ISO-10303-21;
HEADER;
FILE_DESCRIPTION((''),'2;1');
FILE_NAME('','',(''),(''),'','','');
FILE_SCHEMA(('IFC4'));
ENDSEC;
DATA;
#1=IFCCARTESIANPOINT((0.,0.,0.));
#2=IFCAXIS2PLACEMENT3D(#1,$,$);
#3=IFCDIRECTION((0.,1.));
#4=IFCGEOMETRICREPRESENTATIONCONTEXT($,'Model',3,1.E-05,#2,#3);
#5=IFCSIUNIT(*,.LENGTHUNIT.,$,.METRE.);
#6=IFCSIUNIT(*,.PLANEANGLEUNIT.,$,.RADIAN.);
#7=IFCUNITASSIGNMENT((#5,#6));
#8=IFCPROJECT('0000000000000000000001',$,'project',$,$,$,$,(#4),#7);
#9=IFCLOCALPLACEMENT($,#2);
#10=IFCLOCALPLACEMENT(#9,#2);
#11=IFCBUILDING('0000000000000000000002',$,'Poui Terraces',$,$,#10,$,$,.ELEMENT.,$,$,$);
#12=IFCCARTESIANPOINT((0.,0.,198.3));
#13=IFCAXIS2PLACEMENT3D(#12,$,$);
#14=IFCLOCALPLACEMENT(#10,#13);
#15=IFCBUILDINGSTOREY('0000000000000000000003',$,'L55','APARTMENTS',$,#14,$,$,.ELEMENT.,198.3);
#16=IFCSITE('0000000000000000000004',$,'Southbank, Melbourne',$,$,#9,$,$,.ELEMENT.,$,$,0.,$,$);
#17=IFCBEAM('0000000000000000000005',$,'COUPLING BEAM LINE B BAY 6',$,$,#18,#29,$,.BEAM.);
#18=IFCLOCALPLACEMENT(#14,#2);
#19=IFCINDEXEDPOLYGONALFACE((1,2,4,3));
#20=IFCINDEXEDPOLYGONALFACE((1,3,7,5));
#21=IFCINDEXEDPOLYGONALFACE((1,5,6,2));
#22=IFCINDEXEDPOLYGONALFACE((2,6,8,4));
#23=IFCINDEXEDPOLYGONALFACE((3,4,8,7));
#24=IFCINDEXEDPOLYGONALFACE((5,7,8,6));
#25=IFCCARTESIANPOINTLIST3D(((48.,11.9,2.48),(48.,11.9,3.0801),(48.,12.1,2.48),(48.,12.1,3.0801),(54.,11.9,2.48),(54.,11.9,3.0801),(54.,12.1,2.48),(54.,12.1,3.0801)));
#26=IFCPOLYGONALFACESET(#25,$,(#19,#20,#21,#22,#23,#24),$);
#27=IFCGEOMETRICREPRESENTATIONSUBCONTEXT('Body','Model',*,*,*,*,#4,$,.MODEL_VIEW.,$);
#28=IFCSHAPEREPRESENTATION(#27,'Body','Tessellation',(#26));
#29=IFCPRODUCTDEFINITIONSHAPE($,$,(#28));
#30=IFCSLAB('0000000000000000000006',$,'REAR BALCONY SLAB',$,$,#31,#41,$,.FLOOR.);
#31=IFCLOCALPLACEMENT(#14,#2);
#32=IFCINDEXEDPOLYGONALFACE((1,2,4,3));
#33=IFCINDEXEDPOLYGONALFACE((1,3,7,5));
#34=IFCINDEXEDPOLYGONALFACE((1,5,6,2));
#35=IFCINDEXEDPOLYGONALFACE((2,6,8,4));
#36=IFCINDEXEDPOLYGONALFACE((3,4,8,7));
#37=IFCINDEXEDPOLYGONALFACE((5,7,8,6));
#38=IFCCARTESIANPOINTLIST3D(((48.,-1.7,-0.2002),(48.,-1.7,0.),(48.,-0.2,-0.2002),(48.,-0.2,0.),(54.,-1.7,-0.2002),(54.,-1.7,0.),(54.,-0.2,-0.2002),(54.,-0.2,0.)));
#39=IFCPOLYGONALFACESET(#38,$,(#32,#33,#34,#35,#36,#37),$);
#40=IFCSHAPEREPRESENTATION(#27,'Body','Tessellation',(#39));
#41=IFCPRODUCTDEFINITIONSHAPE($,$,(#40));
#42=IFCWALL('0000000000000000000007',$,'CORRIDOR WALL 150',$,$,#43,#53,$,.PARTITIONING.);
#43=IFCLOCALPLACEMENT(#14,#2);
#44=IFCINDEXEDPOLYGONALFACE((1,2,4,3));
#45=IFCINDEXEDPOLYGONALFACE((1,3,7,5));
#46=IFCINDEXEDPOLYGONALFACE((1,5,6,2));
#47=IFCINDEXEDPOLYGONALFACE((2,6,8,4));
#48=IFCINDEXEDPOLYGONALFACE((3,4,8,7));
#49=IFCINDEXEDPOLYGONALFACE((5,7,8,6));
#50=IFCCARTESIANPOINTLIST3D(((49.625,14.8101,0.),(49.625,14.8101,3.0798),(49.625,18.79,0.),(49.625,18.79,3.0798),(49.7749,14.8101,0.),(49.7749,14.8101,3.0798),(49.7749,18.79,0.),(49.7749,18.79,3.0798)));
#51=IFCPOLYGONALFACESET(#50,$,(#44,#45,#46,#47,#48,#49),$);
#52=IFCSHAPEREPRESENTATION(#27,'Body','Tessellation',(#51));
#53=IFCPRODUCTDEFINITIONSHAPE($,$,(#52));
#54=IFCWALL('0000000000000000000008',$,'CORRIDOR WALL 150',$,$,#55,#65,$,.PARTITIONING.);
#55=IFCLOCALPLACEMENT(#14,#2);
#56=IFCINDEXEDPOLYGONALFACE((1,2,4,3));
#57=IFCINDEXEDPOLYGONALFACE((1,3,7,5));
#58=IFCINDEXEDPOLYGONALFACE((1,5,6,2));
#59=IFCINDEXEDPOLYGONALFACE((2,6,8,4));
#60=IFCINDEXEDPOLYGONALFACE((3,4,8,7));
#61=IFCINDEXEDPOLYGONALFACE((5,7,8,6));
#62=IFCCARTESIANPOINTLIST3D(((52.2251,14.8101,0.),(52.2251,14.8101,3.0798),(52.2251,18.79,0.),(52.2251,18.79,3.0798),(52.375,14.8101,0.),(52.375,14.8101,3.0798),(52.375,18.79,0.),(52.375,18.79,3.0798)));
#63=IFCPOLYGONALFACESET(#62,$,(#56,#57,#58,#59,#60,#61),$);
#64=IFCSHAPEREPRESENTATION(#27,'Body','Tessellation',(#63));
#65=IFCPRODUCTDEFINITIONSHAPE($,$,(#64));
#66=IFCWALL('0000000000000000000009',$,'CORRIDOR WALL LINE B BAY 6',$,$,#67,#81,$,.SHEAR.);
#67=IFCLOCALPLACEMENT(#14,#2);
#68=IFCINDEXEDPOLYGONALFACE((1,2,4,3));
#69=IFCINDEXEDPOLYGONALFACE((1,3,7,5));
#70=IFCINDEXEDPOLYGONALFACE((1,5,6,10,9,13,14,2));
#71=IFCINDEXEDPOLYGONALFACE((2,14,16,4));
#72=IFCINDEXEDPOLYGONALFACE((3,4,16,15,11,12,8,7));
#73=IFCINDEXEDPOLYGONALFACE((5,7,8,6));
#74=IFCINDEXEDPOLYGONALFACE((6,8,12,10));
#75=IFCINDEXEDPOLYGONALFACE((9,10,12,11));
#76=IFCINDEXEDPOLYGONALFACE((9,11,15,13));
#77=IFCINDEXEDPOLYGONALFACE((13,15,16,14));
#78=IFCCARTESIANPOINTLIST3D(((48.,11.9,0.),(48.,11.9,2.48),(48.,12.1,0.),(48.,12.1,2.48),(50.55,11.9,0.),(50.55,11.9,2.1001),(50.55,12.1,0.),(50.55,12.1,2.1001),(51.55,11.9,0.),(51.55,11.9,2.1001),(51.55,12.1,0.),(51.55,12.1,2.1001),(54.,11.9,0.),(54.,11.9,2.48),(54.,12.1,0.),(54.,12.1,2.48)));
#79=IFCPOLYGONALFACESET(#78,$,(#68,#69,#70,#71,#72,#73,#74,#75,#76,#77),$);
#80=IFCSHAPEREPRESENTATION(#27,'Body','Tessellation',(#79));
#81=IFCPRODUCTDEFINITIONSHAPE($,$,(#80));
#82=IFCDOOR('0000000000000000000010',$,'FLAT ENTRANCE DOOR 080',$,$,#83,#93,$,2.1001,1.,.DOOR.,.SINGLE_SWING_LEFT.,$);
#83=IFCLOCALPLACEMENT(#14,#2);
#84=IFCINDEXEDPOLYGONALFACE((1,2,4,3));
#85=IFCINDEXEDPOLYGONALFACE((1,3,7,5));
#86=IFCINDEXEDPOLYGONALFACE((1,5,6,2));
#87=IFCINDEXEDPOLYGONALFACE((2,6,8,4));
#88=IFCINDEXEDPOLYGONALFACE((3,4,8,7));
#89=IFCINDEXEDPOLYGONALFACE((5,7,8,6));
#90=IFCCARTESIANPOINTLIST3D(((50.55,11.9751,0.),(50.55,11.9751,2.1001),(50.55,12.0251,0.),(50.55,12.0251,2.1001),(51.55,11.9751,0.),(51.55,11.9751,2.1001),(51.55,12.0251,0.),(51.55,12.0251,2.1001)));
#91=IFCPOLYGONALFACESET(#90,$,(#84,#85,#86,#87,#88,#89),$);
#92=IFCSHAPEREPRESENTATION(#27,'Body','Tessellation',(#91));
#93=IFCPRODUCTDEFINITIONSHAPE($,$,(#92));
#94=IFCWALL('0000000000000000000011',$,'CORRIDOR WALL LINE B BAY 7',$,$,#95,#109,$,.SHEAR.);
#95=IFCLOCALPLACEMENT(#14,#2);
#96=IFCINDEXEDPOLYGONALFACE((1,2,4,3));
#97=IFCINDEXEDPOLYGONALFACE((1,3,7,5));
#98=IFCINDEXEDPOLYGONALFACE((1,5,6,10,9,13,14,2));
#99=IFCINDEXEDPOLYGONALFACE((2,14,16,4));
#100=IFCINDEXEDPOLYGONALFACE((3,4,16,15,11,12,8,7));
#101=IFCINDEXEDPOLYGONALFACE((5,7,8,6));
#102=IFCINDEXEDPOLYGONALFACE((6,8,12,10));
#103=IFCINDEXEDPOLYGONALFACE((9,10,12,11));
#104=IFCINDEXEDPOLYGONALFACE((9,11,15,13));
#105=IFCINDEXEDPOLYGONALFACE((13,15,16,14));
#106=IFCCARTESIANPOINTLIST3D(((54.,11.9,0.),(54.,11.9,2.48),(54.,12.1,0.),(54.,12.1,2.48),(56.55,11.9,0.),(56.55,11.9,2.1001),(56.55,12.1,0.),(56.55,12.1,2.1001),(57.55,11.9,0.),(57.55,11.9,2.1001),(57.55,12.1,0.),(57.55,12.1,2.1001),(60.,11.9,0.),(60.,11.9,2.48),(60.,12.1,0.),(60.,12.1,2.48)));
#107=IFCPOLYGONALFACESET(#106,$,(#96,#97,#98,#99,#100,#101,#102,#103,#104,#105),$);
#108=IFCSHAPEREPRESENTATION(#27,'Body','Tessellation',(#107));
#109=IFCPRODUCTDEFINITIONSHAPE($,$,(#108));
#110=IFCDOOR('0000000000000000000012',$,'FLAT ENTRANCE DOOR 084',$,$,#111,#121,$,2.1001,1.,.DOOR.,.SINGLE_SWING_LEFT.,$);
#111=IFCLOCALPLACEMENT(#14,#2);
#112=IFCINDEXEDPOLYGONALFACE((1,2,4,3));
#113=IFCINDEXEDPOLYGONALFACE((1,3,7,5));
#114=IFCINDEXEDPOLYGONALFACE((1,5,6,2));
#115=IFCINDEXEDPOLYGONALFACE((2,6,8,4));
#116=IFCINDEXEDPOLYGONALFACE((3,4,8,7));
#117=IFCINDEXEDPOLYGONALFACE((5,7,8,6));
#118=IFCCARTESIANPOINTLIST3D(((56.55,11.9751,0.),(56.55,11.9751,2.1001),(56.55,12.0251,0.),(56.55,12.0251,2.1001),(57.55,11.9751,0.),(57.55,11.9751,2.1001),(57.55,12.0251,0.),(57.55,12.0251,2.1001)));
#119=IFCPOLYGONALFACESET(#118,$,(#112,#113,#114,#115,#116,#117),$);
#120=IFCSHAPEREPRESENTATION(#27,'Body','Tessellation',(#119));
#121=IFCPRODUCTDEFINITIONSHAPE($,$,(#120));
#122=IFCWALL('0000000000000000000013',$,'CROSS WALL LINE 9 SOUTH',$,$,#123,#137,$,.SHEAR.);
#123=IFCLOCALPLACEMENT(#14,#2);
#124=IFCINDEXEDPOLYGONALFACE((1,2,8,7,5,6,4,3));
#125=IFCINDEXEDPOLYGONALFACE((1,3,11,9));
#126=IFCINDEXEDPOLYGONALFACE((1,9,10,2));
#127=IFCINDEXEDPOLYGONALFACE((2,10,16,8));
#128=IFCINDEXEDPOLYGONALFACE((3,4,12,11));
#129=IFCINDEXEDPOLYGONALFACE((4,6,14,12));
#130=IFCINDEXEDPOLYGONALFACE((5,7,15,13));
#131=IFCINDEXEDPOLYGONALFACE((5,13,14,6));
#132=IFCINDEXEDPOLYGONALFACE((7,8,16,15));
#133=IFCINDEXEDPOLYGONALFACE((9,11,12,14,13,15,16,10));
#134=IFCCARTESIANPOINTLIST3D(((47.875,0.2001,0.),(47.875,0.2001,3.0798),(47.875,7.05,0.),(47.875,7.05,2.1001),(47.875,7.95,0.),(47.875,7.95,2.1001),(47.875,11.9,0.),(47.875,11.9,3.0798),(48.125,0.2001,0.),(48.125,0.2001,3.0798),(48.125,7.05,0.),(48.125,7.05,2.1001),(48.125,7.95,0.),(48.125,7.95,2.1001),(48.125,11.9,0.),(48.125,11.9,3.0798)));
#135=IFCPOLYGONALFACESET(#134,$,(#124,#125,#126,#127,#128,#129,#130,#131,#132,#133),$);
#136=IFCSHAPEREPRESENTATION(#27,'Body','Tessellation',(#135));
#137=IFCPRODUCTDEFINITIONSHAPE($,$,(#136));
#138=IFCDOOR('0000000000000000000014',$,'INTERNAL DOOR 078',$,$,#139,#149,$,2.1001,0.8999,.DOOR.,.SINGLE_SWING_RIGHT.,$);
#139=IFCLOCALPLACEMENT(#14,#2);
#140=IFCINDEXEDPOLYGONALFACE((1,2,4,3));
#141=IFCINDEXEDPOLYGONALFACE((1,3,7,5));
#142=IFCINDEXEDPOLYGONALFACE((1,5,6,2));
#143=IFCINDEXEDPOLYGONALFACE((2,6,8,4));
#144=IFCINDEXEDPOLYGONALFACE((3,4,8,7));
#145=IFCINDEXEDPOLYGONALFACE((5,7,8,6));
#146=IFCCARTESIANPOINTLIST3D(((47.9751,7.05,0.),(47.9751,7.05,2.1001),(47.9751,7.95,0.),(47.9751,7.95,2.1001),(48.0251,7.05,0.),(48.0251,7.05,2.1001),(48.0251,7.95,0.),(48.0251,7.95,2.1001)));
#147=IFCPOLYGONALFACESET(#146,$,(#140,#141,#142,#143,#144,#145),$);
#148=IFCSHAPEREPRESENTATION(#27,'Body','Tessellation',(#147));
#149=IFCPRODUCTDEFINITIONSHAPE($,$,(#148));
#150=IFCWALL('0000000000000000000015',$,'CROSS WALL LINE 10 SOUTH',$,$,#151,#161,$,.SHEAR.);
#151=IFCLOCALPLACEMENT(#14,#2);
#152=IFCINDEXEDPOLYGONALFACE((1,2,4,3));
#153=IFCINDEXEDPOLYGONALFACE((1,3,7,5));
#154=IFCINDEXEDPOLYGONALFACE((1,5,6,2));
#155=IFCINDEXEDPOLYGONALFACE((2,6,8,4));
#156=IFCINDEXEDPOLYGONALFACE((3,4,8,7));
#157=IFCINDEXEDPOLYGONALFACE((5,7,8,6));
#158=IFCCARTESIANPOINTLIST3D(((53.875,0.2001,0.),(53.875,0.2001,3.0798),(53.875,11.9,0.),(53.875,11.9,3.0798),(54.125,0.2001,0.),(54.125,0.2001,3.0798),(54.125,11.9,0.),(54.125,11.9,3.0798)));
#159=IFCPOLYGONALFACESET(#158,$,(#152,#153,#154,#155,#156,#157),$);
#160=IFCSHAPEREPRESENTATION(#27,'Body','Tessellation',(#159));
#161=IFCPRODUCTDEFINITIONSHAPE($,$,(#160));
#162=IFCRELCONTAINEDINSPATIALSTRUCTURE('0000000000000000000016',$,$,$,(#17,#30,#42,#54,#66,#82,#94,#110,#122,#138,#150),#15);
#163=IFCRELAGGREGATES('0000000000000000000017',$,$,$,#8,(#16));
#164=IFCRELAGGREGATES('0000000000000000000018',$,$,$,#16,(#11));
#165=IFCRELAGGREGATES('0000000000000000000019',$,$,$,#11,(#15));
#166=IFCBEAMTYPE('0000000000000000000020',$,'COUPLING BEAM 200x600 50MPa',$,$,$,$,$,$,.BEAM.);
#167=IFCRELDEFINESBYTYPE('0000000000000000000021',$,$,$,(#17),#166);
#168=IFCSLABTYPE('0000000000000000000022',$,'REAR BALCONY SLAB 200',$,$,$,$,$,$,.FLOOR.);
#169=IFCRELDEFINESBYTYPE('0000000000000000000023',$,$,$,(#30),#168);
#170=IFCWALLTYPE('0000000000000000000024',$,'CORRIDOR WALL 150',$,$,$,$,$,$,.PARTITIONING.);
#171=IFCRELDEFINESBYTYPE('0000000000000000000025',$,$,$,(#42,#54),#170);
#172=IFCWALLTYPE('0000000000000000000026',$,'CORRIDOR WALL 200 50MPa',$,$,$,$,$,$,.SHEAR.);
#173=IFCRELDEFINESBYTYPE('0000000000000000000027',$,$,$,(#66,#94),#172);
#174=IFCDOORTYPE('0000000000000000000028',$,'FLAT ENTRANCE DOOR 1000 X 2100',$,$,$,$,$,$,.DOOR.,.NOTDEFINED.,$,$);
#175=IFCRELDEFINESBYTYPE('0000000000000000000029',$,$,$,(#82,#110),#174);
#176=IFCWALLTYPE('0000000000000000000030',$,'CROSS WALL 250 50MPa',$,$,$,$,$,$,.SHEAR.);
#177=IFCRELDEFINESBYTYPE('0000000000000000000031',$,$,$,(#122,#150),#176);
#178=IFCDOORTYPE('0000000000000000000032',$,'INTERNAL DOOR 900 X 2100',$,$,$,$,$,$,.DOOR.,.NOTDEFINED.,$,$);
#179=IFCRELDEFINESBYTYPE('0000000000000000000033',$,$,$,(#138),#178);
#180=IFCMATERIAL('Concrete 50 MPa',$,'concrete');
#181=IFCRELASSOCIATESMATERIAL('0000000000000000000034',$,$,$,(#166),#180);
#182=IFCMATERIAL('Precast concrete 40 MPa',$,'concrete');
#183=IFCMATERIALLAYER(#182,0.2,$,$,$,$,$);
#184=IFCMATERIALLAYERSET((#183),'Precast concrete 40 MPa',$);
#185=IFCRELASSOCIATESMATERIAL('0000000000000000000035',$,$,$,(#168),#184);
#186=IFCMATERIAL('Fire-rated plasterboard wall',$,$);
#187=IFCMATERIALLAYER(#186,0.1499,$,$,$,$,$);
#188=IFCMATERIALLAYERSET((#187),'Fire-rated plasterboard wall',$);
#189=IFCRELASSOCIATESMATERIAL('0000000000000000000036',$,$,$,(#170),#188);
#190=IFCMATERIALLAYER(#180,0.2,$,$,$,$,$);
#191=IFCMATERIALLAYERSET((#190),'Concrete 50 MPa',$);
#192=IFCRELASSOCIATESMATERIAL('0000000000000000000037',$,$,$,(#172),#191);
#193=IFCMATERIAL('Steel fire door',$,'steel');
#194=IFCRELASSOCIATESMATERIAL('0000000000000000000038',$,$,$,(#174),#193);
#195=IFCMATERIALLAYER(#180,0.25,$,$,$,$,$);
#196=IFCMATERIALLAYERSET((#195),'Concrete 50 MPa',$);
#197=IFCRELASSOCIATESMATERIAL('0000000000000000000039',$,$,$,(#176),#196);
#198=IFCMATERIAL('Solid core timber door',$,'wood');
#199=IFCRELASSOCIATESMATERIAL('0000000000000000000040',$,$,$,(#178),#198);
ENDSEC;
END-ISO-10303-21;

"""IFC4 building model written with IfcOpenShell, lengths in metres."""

from ifc_helpers import new_model, si_unit, direction, frame, frame_2d, origin, origin_2d, place, context, subcontext, project, spatial, polyline, rectangle, outline, extrude, source, transform, mapped, material, layer, layer_set, material_profile, profile_set, type_object, element, fill, save


model = new_model("IFC4")

# Units and contexts
model_context = context("Model", 3, precision=1e-05, world=origin(), true_north=direction((0.0, 1.0)))
body_context = subcontext(model_context, "Body", "Model", "MODEL_VIEW")
ifc_project = project(units=[si_unit("LENGTHUNIT", "METRE"), si_unit("PLANEANGLEUNIT", "RADIAN")], contexts=[model_context])

# Site, building, storey
site_placement = place(None, origin())
site = spatial("IfcSite", under=ifc_project, at=site_placement, Name="Southbank, Melbourne", CompositionType="ELEMENT", RefElevation=0.0)
building_placement = place(site_placement, origin())
building = spatial("IfcBuilding", under=site, at=building_placement, Name="Poui Terraces", CompositionType="ELEMENT")
storey_placement = place(building_placement, frame((0.0, 0.0, 198.3)))
storey = spatial("IfcBuildingStorey", under=building, at=storey_placement, Name="L55", Description="APARTMENTS", CompositionType="ELEMENT", Elevation=198.3)

# Beam
ifc_material_1 = material(Name="Concrete 50 MPa", Category="concrete")
ifc_material_profile_1 = material_profile(ifc_material_1, rectangle(XDim=0.2, YDim=0.6001, at=origin_2d()), Name="RC 200x600")
ifc_profile_set_1 = profile_set([ifc_material_profile_1], Name="Concrete 50 MPa")
beam_type = type_object("IfcBeamType", Name="COUPLING BEAM 200x600 50MPa", PredefinedType="BEAM", material=ifc_profile_set_1)
shared_shape_1 = source(origin(), body_context, "Body", "SweptSolid", [
    extrude(rectangle(XDim=0.2, YDim=0.6001, at=origin_2d()), origin(), (0.0, 0.0, 1.0), 6.0),
])
beam_placement = place(storey_placement, frame((48.0, 12.0, 2.78), z_axis=(1.0, 0.0, 0.0), x_axis=(0.0, 1.0, 0.0)))
element("IfcBeam", 1, at=beam_placement, inside=storey, type_object=beam_type, Name="COUPLING BEAM LINE B BAY 6", PredefinedType="BEAM", context=body_context, shape_type="MappedRepresentation", body=[
    mapped(shared_shape_1, transform((0.0, 0.0, 0.0))),
])

# Slab
ifc_material_2 = material(Name="Precast concrete 40 MPa", Category="concrete")
ifc_layer_1 = layer(ifc_material_2, 0.2)
ifc_layer_set_1 = layer_set([ifc_layer_1], Name="Precast concrete 40 MPa")
slab_type = type_object("IfcSlabType", Name="REAR BALCONY SLAB 200", PredefinedType="FLOOR", material=ifc_layer_set_1)
shared_shape_2 = source(origin(), body_context, "Body", "SweptSolid", [
    extrude(outline(polyline([(0.0, 0.0), (6.0, 0.0), (6.0, 1.5), (0.0, 1.5), (0.0, 0.0)])), origin(), (0.0, 0.0, 1.0), 0.2002),
])
slab_placement = place(storey_placement, frame((48.0, -1.7, -0.2002)))
element("IfcSlab", 2, at=slab_placement, inside=storey, type_object=slab_type, Name="REAR BALCONY SLAB", PredefinedType="FLOOR", context=body_context, shape_type="MappedRepresentation", body=[
    mapped(shared_shape_2, transform((0.0, 0.0, 0.0))),
])

# Walls
ifc_material_3 = material(Name="Fire-rated plasterboard wall")
ifc_layer_2 = layer(ifc_material_3, 0.1499)
ifc_layer_set_2 = layer_set([ifc_layer_2], Name="Fire-rated plasterboard wall")
wall_type_1 = type_object("IfcWallType", Name="CORRIDOR WALL 150", PredefinedType="PARTITIONING", material=ifc_layer_set_2)
for number, where, z_axis, x_axis, name in (
    (3, (49.7, 14.8101, 0.0), (0.0, 0.0, 1.0), (0.0, 1.0, 0.0), "CORRIDOR WALL 150"),
    (4, (52.3, 14.8101, 0.0), (0.0, 0.0, 1.0), (0.0, 1.0, 0.0), "CORRIDOR WALL 150"),
):
    element("IfcWall", number, at=place(storey_placement, frame(where, z_axis=z_axis, x_axis=x_axis)), inside=storey, type_object=wall_type_1, Name=name, PredefinedType="PARTITIONING", context=body_context, shape_type="SweptSolid", body=[
        extrude(rectangle(XDim=3.98, YDim=0.1499, at=frame_2d((1.99, 0.0))), origin(), (0.0, 0.0, 1.0), 3.0798),
    ])

# Walls, openings, doors
ifc_layer_3 = layer(ifc_material_1, 0.2)
ifc_layer_set_3 = layer_set([ifc_layer_3], Name="Concrete 50 MPa")
wall_type_2 = type_object("IfcWallType", Name="CORRIDOR WALL 200 50MPa", PredefinedType="SHEAR", material=ifc_layer_set_3)
wall_1_placement = place(storey_placement, frame((48.0, 12.0, 0.0), z_axis=(0.0, 0.0, 1.0), x_axis=(1.0, 0.0, 0.0)))
wall_1 = element("IfcWall", 5, at=wall_1_placement, inside=storey, type_object=wall_type_2, Name="CORRIDOR WALL LINE B BAY 6", PredefinedType="SHEAR", context=body_context, shape_type="SweptSolid", body=[
    extrude(rectangle(XDim=6.0, YDim=0.2, at=frame_2d((3.0, 0.0))), origin(), (0.0, 0.0, 1.0), 2.48),
])
opening_1_placement = place(wall_1_placement, frame((2.55, 0.0, 0.0)))
opening_1 = element("IfcOpeningElement", 6, at=opening_1_placement, cuts=wall_1, PredefinedType="OPENING", context=body_context, shape_type="SweptSolid", body=[
    extrude(rectangle(XDim=1.0, YDim=2.1001, at=frame_2d((0.5, 1.05))), frame((0.0, 0.1099, 0.0), z_axis=(0.0, -1.0, 0.0), x_axis=(1.0, 0.0, 0.0)), (0.0, 0.0, 1.0), 0.22),
])
ifc_material_4 = material(Name="Steel fire door", Category="steel")
door_type_1 = type_object("IfcDoorType", Name="FLAT ENTRANCE DOOR 1000 X 2100", OperationType="NOTDEFINED", PredefinedType="DOOR", material=ifc_material_4)
door_1_placement = place(opening_1_placement, frame((1.0, 0.0, 0.0), z_axis=(0.0, 0.0, 1.0), x_axis=(-1.0, 0.0, 0.0)))
door_1 = element("IfcDoor", 7, at=door_1_placement, inside=storey, type_object=door_type_1, Name="FLAT ENTRANCE DOOR 080", OperationType="SINGLE_SWING_LEFT", OverallHeight=2.1001, OverallWidth=1.0, PredefinedType="DOOR", context=body_context, shape_type="SweptSolid", body=[
    extrude(rectangle(XDim=1.0, YDim=2.1001, at=frame_2d((0.5, 1.05))), frame((0.0, 0.0249, 0.0), z_axis=(0.0, -1.0, 0.0), x_axis=(1.0, 0.0, 0.0)), (0.0, 0.0, 1.0), 0.05),
])
fill(opening_1, door_1)
wall_2_placement = place(storey_placement, frame((54.0, 12.0, 0.0), z_axis=(0.0, 0.0, 1.0), x_axis=(1.0, 0.0, 0.0)))
wall_2 = element("IfcWall", 8, at=wall_2_placement, inside=storey, type_object=wall_type_2, Name="CORRIDOR WALL LINE B BAY 7", PredefinedType="SHEAR", context=body_context, shape_type="SweptSolid", body=[
    extrude(rectangle(XDim=6.0, YDim=0.2, at=frame_2d((3.0, 0.0))), origin(), (0.0, 0.0, 1.0), 2.48),
])
opening_2_placement = place(wall_2_placement, frame((2.55, 0.0, 0.0)))
opening_2 = element("IfcOpeningElement", 9, at=opening_2_placement, cuts=wall_2, PredefinedType="OPENING", context=body_context, shape_type="SweptSolid", body=[
    extrude(rectangle(XDim=1.0, YDim=2.1001, at=frame_2d((0.5, 1.05))), frame((0.0, 0.1099, 0.0), z_axis=(0.0, -1.0, 0.0), x_axis=(1.0, 0.0, 0.0)), (0.0, 0.0, 1.0), 0.22),
])
door_2_placement = place(opening_2_placement, frame((1.0, 0.0, 0.0), z_axis=(0.0, 0.0, 1.0), x_axis=(-1.0, 0.0, 0.0)))
door_2 = element("IfcDoor", 10, at=door_2_placement, inside=storey, type_object=door_type_1, Name="FLAT ENTRANCE DOOR 084", OperationType="SINGLE_SWING_LEFT", OverallHeight=2.1001, OverallWidth=1.0, PredefinedType="DOOR", context=body_context, shape_type="SweptSolid", body=[
    extrude(rectangle(XDim=1.0, YDim=2.1001, at=frame_2d((0.5, 1.05))), frame((0.0, 0.0249, 0.0), z_axis=(0.0, -1.0, 0.0), x_axis=(1.0, 0.0, 0.0)), (0.0, 0.0, 1.0), 0.05),
])
fill(opening_2, door_2)
ifc_layer_4 = layer(ifc_material_1, 0.25)
ifc_layer_set_4 = layer_set([ifc_layer_4], Name="Concrete 50 MPa")
wall_type_3 = type_object("IfcWallType", Name="CROSS WALL 250 50MPa", PredefinedType="SHEAR", material=ifc_layer_set_4)
wall_3_placement = place(storey_placement, frame((48.0, 0.2, 0.0), z_axis=(0.0, 0.0, 1.0), x_axis=(0.0, 1.0, 0.0)))
wall_3 = element("IfcWall", 11, at=wall_3_placement, inside=storey, type_object=wall_type_3, Name="CROSS WALL LINE 9 SOUTH", PredefinedType="SHEAR", context=body_context, shape_type="SweptSolid", body=[
    extrude(rectangle(XDim=11.7, YDim=0.25, at=frame_2d((5.8501, 0.0))), origin(), (0.0, 0.0, 1.0), 3.0798),
])
opening_3_placement = place(wall_3_placement, frame((6.8501, 0.0, 0.0)))
opening_3 = element("IfcOpeningElement", 12, at=opening_3_placement, cuts=wall_3, PredefinedType="OPENING", context=body_context, shape_type="SweptSolid", body=[
    extrude(rectangle(XDim=0.8999, YDim=2.1001, at=frame_2d((0.45, 1.05))), frame((0.0, 0.135, 0.0), z_axis=(0.0, -1.0, 0.0), x_axis=(1.0, 0.0, 0.0)), (0.0, 0.0, 1.0), 0.27),
])
ifc_material_5 = material(Name="Solid core timber door", Category="wood")
door_type_2 = type_object("IfcDoorType", Name="INTERNAL DOOR 900 X 2100", OperationType="NOTDEFINED", PredefinedType="DOOR", material=ifc_material_5)
door_3_placement = place(opening_3_placement, origin())
door_3 = element("IfcDoor", 13, at=door_3_placement, inside=storey, type_object=door_type_2, Name="INTERNAL DOOR 078", OperationType="SINGLE_SWING_RIGHT", OverallHeight=2.1001, OverallWidth=0.8999, PredefinedType="DOOR", context=body_context, shape_type="SweptSolid", body=[
    extrude(rectangle(XDim=0.8999, YDim=2.1001, at=frame_2d((0.45, 1.05))), frame((0.0, 0.0249, 0.0), z_axis=(0.0, -1.0, 0.0), x_axis=(1.0, 0.0, 0.0)), (0.0, 0.0, 1.0), 0.05),
])
fill(opening_3, door_3)

# Wall
wall_4_placement = place(storey_placement, frame((54.0, 0.2, 0.0), z_axis=(0.0, 0.0, 1.0), x_axis=(0.0, 1.0, 0.0)))
element("IfcWall", 14, at=wall_4_placement, inside=storey, type_object=wall_type_3, Name="CROSS WALL LINE 10 SOUTH", PredefinedType="SHEAR", context=body_context, shape_type="SweptSolid", body=[
    extrude(rectangle(XDim=11.7, YDim=0.25, at=frame_2d((5.8501, 0.0))), origin(), (0.0, 0.0, 1.0), 3.0798),
])

save(model, "model.ifc")
